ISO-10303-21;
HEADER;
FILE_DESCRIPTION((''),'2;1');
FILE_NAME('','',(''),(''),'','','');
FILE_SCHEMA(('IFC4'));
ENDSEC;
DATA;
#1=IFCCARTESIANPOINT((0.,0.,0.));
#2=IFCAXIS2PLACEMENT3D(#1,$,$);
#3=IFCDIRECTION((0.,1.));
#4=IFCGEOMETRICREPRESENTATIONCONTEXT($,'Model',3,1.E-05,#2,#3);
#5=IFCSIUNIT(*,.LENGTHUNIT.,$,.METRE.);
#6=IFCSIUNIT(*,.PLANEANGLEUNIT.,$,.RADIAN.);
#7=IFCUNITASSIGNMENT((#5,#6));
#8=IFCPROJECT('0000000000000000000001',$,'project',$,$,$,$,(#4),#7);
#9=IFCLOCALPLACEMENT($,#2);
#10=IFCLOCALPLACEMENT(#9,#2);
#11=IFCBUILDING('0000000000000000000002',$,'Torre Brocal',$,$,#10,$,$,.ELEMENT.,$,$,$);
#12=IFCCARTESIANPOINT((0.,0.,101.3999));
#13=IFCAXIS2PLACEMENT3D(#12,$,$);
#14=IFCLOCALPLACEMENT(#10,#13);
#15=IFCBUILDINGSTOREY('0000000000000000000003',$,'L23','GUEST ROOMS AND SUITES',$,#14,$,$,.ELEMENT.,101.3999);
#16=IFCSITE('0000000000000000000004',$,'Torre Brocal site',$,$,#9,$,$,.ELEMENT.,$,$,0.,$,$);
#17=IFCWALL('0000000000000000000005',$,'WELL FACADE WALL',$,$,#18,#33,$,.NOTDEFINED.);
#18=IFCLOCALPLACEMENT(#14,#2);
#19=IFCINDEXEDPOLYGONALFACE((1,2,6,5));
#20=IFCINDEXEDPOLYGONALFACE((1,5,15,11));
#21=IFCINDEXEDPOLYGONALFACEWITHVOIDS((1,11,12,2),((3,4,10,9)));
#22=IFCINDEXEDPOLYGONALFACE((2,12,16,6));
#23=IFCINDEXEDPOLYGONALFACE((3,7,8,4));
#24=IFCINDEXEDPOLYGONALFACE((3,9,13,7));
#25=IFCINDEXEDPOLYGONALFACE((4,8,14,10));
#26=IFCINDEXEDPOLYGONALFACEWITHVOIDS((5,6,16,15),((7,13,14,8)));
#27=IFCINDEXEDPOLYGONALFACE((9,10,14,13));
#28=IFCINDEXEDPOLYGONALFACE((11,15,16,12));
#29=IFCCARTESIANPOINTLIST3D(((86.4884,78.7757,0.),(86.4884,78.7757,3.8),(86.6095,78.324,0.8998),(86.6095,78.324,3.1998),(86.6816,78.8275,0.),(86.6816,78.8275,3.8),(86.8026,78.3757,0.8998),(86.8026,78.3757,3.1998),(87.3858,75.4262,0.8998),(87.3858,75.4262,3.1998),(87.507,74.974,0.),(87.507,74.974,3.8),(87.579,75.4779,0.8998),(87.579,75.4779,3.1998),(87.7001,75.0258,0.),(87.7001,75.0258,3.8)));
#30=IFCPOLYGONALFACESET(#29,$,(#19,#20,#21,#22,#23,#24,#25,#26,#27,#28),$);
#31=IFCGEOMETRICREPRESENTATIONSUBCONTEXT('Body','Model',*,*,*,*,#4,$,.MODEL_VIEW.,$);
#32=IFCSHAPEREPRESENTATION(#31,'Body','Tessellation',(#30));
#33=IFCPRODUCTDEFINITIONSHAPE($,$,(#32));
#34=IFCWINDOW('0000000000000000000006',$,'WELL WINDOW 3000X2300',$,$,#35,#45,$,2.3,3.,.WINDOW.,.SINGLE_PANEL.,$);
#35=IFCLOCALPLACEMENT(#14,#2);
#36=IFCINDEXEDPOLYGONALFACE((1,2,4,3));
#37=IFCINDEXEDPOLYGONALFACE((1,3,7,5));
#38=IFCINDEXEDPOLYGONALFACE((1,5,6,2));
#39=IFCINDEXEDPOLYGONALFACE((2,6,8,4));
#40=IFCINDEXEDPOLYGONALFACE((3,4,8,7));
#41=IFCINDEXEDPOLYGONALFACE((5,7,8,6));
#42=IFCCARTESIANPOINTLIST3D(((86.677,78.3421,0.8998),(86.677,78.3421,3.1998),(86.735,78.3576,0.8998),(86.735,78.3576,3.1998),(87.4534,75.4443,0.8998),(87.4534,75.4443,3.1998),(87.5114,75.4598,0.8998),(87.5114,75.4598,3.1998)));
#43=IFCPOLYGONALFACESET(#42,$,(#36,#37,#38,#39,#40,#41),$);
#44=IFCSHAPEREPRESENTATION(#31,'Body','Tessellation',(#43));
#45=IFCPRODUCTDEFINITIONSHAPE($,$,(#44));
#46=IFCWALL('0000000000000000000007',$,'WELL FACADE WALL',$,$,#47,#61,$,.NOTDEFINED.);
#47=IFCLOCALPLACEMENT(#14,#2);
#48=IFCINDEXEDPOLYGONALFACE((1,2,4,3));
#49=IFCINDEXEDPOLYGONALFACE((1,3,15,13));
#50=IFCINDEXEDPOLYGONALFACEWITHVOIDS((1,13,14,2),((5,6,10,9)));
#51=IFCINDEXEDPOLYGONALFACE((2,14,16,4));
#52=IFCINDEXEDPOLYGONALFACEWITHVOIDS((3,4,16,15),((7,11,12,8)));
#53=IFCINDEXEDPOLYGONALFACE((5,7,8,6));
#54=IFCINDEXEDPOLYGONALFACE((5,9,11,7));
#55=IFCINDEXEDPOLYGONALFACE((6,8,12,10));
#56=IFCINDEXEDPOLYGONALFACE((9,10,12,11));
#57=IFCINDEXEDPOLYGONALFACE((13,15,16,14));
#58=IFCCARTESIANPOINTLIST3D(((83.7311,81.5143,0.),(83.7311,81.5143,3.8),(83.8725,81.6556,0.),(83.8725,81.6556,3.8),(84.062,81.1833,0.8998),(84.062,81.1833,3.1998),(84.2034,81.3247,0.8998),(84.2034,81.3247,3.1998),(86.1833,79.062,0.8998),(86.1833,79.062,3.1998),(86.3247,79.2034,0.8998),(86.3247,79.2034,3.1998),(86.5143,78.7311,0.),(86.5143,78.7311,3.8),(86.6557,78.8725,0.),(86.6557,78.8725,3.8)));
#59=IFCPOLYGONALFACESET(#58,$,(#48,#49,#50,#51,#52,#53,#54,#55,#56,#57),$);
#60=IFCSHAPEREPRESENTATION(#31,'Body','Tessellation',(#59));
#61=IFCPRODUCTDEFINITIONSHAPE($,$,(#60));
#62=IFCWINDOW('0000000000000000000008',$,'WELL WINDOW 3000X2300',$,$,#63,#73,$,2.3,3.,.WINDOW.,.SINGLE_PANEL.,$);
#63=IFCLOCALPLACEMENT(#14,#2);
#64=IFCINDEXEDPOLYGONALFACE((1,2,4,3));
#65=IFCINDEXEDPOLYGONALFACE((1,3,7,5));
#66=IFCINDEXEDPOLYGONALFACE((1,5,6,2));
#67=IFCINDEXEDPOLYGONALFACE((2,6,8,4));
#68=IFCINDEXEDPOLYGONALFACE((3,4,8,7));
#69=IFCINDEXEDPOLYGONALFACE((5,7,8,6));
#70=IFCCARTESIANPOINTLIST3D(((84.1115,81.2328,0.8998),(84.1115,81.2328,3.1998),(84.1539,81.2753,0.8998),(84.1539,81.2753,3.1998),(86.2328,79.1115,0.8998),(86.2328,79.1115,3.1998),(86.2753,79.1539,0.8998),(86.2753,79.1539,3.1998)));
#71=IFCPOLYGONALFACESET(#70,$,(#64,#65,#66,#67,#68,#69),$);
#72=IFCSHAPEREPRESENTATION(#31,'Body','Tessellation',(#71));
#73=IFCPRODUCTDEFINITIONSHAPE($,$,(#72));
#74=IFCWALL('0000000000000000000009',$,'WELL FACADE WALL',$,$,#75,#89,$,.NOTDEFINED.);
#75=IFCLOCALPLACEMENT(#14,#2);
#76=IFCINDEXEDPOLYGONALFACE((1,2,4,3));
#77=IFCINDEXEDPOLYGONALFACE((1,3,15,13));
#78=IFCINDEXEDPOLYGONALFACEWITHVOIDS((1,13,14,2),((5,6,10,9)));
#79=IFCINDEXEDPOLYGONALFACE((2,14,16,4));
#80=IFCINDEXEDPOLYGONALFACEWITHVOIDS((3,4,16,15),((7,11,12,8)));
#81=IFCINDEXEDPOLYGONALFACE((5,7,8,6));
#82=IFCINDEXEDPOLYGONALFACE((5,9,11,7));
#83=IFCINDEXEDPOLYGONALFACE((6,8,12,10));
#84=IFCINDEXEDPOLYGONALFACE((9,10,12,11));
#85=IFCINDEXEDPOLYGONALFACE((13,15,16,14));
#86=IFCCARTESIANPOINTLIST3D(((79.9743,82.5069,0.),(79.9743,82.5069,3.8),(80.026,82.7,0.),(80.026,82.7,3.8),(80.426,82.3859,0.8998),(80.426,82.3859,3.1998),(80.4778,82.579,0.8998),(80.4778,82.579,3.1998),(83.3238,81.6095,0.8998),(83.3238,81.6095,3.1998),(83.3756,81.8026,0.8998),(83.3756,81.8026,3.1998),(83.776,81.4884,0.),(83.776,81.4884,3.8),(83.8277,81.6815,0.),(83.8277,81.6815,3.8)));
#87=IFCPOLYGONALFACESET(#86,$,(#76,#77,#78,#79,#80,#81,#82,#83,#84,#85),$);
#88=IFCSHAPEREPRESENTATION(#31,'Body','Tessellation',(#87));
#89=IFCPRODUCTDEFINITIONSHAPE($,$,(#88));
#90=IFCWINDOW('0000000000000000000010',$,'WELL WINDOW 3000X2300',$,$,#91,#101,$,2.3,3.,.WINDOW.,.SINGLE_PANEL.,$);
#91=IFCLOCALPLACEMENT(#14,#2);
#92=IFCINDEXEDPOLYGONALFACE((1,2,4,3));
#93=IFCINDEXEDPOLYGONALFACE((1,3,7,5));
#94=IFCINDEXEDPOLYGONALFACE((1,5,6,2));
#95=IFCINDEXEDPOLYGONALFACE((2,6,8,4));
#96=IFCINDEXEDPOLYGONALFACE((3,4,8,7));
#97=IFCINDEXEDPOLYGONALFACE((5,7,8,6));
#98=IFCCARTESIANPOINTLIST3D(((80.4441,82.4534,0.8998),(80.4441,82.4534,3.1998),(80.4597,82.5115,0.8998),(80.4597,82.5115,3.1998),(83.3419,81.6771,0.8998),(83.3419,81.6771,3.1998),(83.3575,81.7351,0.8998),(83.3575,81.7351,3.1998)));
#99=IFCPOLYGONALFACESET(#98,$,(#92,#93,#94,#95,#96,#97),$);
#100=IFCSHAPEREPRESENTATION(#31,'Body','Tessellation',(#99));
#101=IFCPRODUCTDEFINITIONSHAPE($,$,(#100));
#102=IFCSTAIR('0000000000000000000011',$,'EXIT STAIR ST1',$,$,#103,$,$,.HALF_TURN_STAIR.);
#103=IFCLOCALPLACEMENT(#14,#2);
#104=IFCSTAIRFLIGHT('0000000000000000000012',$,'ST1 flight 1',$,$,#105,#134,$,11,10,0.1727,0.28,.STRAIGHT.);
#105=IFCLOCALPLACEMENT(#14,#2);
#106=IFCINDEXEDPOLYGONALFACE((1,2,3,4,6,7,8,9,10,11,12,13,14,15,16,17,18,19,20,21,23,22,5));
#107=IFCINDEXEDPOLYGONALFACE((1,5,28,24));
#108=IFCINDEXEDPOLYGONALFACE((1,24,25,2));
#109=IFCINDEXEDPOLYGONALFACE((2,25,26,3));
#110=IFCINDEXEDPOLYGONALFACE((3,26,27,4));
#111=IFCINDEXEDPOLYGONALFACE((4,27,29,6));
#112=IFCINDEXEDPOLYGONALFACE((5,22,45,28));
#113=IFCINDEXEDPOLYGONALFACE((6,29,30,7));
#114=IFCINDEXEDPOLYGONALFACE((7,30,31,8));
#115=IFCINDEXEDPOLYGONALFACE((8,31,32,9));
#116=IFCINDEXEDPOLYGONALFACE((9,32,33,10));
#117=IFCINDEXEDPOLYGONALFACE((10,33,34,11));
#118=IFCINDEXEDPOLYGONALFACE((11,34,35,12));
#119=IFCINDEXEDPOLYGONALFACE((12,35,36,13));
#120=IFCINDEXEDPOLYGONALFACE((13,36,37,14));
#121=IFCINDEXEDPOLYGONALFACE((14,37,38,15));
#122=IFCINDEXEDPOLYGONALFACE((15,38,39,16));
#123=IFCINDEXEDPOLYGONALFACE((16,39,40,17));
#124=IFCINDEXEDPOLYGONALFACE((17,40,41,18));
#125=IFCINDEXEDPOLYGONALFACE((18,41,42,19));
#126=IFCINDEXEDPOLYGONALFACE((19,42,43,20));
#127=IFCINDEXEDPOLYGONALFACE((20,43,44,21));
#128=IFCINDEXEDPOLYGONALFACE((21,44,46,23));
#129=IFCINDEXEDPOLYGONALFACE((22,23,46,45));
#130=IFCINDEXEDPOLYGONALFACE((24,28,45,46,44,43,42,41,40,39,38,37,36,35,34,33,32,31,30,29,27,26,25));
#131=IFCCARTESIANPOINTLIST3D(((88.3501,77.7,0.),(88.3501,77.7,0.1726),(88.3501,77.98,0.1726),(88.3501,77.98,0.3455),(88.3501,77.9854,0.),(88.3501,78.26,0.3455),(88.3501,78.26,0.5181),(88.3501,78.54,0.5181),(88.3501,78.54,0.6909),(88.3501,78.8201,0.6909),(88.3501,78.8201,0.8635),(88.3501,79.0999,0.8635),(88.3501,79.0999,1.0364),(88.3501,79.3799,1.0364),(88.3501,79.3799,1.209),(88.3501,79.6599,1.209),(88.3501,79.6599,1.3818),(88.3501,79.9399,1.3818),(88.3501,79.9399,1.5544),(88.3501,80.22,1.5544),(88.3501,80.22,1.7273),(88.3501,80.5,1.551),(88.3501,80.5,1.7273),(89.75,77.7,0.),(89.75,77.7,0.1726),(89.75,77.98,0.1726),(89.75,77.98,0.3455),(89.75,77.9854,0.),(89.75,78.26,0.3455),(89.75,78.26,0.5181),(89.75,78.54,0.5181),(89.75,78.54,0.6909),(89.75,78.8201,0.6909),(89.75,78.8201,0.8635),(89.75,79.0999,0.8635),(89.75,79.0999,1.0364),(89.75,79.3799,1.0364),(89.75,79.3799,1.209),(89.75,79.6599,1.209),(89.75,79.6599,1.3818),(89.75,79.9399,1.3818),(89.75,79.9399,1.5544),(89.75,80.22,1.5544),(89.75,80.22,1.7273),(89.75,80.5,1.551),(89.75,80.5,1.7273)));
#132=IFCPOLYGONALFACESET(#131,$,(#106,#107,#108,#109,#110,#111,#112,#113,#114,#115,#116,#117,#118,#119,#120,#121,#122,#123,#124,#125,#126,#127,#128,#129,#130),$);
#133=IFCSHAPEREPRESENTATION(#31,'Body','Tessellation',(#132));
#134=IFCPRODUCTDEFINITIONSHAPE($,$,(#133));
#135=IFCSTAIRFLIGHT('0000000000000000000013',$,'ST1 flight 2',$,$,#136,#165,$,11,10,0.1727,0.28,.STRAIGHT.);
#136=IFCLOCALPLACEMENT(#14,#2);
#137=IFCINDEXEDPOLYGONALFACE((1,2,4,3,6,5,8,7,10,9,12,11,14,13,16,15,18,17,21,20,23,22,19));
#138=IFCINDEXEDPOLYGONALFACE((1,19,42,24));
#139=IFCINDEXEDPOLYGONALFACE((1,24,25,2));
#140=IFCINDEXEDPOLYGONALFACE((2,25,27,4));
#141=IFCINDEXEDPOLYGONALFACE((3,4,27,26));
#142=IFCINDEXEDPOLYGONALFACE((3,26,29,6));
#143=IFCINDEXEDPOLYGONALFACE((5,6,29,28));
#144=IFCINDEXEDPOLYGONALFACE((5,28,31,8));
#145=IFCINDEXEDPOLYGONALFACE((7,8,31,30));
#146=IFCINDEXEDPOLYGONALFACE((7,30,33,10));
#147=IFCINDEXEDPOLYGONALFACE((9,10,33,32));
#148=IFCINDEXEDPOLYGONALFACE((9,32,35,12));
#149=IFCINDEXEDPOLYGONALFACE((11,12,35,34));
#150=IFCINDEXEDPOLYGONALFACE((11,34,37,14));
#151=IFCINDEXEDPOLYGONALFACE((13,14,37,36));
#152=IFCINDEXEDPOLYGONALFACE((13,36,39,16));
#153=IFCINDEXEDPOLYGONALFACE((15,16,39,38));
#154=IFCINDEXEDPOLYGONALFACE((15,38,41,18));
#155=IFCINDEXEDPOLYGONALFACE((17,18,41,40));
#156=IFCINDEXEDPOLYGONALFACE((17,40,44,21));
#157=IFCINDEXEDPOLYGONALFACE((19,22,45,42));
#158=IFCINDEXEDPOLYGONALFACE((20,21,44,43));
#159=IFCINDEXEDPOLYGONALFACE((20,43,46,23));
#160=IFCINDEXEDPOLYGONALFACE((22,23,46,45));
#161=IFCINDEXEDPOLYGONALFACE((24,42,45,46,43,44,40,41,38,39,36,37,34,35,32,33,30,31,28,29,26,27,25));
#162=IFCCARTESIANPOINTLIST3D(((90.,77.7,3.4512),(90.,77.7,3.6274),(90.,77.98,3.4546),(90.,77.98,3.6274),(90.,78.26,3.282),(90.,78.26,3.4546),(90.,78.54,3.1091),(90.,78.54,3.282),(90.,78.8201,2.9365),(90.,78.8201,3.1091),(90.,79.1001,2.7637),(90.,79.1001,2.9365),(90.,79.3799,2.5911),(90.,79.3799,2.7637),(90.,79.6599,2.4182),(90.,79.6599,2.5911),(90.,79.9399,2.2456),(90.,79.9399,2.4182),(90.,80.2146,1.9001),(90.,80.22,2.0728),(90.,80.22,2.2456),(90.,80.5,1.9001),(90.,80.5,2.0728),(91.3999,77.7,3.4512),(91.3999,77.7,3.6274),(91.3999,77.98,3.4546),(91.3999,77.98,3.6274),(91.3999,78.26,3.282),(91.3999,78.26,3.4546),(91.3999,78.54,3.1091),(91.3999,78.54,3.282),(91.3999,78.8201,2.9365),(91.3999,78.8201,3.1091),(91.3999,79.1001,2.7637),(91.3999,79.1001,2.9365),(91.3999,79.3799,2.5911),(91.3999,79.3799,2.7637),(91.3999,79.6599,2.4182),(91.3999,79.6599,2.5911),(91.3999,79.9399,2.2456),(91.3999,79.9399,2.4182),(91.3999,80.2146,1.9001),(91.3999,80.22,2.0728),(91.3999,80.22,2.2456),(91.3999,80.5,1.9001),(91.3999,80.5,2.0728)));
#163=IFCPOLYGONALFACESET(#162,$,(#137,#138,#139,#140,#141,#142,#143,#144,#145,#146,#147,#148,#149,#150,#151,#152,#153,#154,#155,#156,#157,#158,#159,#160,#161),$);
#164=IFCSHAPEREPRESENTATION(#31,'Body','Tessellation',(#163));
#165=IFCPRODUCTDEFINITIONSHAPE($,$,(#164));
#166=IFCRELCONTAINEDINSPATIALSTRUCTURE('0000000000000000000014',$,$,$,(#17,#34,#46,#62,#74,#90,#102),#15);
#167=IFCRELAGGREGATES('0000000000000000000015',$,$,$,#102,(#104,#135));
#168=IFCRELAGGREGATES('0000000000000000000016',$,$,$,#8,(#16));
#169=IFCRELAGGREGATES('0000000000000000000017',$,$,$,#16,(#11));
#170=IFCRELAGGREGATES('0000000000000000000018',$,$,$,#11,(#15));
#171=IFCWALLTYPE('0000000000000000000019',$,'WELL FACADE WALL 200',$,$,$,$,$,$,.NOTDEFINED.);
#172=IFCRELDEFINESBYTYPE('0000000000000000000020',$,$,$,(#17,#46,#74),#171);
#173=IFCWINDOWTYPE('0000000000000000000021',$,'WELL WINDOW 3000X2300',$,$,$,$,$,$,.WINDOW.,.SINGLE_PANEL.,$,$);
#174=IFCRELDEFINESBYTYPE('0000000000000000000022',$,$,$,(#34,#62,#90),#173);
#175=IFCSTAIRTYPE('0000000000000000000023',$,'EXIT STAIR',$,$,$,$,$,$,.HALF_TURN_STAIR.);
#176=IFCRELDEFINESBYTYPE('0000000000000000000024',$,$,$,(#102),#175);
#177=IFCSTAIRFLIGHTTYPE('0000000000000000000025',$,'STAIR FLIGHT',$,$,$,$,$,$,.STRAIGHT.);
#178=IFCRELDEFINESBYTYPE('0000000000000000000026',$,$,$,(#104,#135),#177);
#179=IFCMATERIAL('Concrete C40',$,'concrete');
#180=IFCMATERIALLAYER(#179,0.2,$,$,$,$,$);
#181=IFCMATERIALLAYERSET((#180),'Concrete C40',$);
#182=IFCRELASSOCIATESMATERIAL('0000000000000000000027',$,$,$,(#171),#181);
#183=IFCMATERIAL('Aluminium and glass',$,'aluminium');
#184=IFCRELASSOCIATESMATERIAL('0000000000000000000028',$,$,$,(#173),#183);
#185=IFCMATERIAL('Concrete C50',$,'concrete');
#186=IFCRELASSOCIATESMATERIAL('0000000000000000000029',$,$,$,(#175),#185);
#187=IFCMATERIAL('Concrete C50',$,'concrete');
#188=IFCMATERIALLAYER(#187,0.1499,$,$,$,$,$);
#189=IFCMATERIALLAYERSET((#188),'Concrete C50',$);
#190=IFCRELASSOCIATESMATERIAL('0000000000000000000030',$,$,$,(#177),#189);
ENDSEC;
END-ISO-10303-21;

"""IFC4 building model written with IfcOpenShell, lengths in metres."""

from ifc_helpers import new_model, si_unit, direction, frame, frame_2d, origin, place, context, subcontext, project, spatial, polyline, rectangle, outline, extrude, material, layer, layer_set, type_object, element, fill, aggregate, save


model = new_model("IFC4")

# Units and contexts
model_context = context("Model", 3, precision=1e-05, world=origin(), true_north=direction((0.0, 1.0)))
body_context = subcontext(model_context, "Body", "Model", "MODEL_VIEW")
ifc_project = project(units=[si_unit("LENGTHUNIT", "METRE"), si_unit("PLANEANGLEUNIT", "RADIAN")], contexts=[model_context])

# Site, building, storey
site_placement = place(None, origin())
site = spatial("IfcSite", under=ifc_project, at=site_placement, Name="Torre Brocal site", CompositionType="ELEMENT", RefElevation=0.0)
building_placement = place(site_placement, origin())
building = spatial("IfcBuilding", under=site, at=building_placement, Name="Torre Brocal", CompositionType="ELEMENT")
storey_placement = place(building_placement, frame((0.0, 0.0, 101.3999)))
storey = spatial("IfcBuildingStorey", under=building, at=storey_placement, Name="L23", Description="GUEST ROOMS AND SUITES", CompositionType="ELEMENT", Elevation=101.3999)

# Walls, openings, windows
ifc_material_1 = material(Name="Concrete C40", Category="concrete")
ifc_layer_1 = layer(ifc_material_1, 0.2)
ifc_layer_set_1 = layer_set([ifc_layer_1], Name="Concrete C40")
wall_type_1 = type_object("IfcWallType", Name="WELL FACADE WALL 200", PredefinedType="NOTDEFINED", material=ifc_layer_set_1)
wall_1_placement = place(storey_placement, frame((87.6035, 75.0, 0.0), z_axis=(0.0, 0.0, 1.0), x_axis=(-0.25879, 0.965934, 0.0)))
wall_1 = element("IfcWall", 1, at=wall_1_placement, inside=storey, type_object=wall_type_1, Name="WELL FACADE WALL", PredefinedType="NOTDEFINED", context=body_context, shape_type="SweptSolid", body=[
    extrude(rectangle(XDim=3.9358, YDim=0.2, at=frame_2d((1.9678, 0.0))), origin(), (0.0, 0.0, 1.0), 3.8),
])
opening_1_placement = place(wall_1_placement, frame((0.468, 0.0, 0.8999)))
opening_1 = element("IfcOpeningElement", 2, at=opening_1_placement, cuts=wall_1, PredefinedType="OPENING", context=body_context, shape_type="SweptSolid", body=[
    extrude(rectangle(XDim=3.0, YDim=2.3, at=frame_2d((1.5, 1.1499))), frame((0.0, 0.1099, 0.0), z_axis=(0.0, -1.0, 0.0), x_axis=(1.0, 0.0, 0.0)), (0.0, 0.0, 1.0), 0.22),
])
ifc_material_2 = material(Name="Aluminium and glass", Category="aluminium")
window_type = type_object("IfcWindowType", Name="WELL WINDOW 3000X2300", PartitioningType="SINGLE_PANEL", PredefinedType="WINDOW", material=ifc_material_2)
window_1_placement = place(opening_1_placement, origin())
window_1 = element("IfcWindow", 3, at=window_1_placement, inside=storey, type_object=window_type, Name="WELL WINDOW 3000X2300", OverallHeight=2.3, OverallWidth=3.0, PartitioningType="SINGLE_PANEL", PredefinedType="WINDOW", context=body_context, shape_type="SweptSolid", body=[
    extrude(rectangle(XDim=3.0, YDim=2.3, at=frame_2d((1.5, 1.1499))), frame((0.0, 0.03, 0.0), z_axis=(0.0, -1.0, 0.0), x_axis=(1.0, 0.0, 0.0)), (0.0, 0.0, 1.0), 0.0601),
])
fill(opening_1, window_1)
wall_2_placement = place(storey_placement, frame((86.585, 78.8018, 0.0), z_axis=(0.0, 0.0, 1.0), x_axis=(-0.707107, 0.707107, 0.0)))
wall_2 = element("IfcWall", 4, at=wall_2_placement, inside=storey, type_object=wall_type_1, Name="WELL FACADE WALL", PredefinedType="NOTDEFINED", context=body_context, shape_type="SweptSolid", body=[
    extrude(rectangle(XDim=3.936, YDim=0.2, at=frame_2d((1.968, 0.0))), origin(), (0.0, 0.0, 1.0), 3.8),
])
opening_2_placement = place(wall_2_placement, frame((0.468, 0.0, 0.8999)))
opening_2 = element("IfcOpeningElement", 5, at=opening_2_placement, cuts=wall_2, PredefinedType="OPENING", context=body_context, shape_type="SweptSolid", body=[
    extrude(rectangle(XDim=3.0, YDim=2.3, at=frame_2d((1.5, 1.1499))), frame((0.0, 0.1099, 0.0), z_axis=(0.0, -1.0, 0.0), x_axis=(1.0, 0.0, 0.0)), (0.0, 0.0, 1.0), 0.22),
])
window_2_placement = place(opening_2_placement, origin())
window_2 = element("IfcWindow", 6, at=window_2_placement, inside=storey, type_object=window_type, Name="WELL WINDOW 3000X2300", OverallHeight=2.3, OverallWidth=3.0, PartitioningType="SINGLE_PANEL", PredefinedType="WINDOW", context=body_context, shape_type="SweptSolid", body=[
    extrude(rectangle(XDim=3.0, YDim=2.3, at=frame_2d((1.5, 1.1499))), frame((0.0, 0.03, 0.0), z_axis=(0.0, -1.0, 0.0), x_axis=(1.0, 0.0, 0.0)), (0.0, 0.0, 1.0), 0.0601),
])
fill(opening_2, window_2)
wall_3_placement = place(storey_placement, frame((83.8018, 81.585, 0.0), z_axis=(0.0, 0.0, 1.0), x_axis=(-0.965934, 0.25879, 0.0)))
wall_3 = element("IfcWall", 7, at=wall_3_placement, inside=storey, type_object=wall_type_1, Name="WELL FACADE WALL", PredefinedType="NOTDEFINED", context=body_context, shape_type="SweptSolid", body=[
    extrude(rectangle(XDim=3.9358, YDim=0.2, at=frame_2d((1.9678, 0.0))), origin(), (0.0, 0.0, 1.0), 3.8),
])
opening_3_placement = place(wall_3_placement, frame((0.468, 0.0, 0.8999)))
opening_3 = element("IfcOpeningElement", 8, at=opening_3_placement, cuts=wall_3, PredefinedType="OPENING", context=body_context, shape_type="SweptSolid", body=[
    extrude(rectangle(XDim=3.0, YDim=2.3, at=frame_2d((1.5, 1.1499))), frame((0.0, 0.1099, 0.0), z_axis=(0.0, -1.0, 0.0), x_axis=(1.0, 0.0, 0.0)), (0.0, 0.0, 1.0), 0.22),
])
window_3_placement = place(opening_3_placement, origin())
window_3 = element("IfcWindow", 9, at=window_3_placement, inside=storey, type_object=window_type, Name="WELL WINDOW 3000X2300", OverallHeight=2.3, OverallWidth=3.0, PartitioningType="SINGLE_PANEL", PredefinedType="WINDOW", context=body_context, shape_type="SweptSolid", body=[
    extrude(rectangle(XDim=3.0, YDim=2.3, at=frame_2d((1.5, 1.1499))), frame((0.0, 0.03, 0.0), z_axis=(0.0, -1.0, 0.0), x_axis=(1.0, 0.0, 0.0)), (0.0, 0.0, 1.0), 0.0601),
])
fill(opening_3, window_3)

# Stair, stair flights
ifc_material_3 = material(Name="Concrete C50", Category="concrete")
stair_type = type_object("IfcStairType", Name="EXIT STAIR", PredefinedType="HALF_TURN_STAIR", material=ifc_material_3)
stair_placement = place(storey_placement, origin())
stair = element("IfcStair", 10, at=stair_placement, inside=storey, type_object=stair_type, Name="EXIT STAIR ST1", PredefinedType="HALF_TURN_STAIR")
ifc_material_4 = material(Name="Concrete C50", Category="concrete")
ifc_layer_2 = layer(ifc_material_4, 0.1499)
ifc_layer_set_2 = layer_set([ifc_layer_2], Name="Concrete C50")
stair_flight_type = type_object("IfcStairFlightType", Name="STAIR FLIGHT", PredefinedType="STRAIGHT", material=ifc_layer_set_2)
stair_flight_1_placement = place(storey_placement, frame((89.05, 77.7, 0.0), z_axis=(0.0, 0.0, 1.0), x_axis=(0.0, 1.0, 0.0)))
stair_flight_1 = element("IfcStairFlight", 11, at=stair_flight_1_placement, type_object=stair_flight_type, Name="ST1 flight 1", NumberOfRisers=11, NumberOfTreads=10, PredefinedType="STRAIGHT", RiserHeight=0.1727, TreadLength=0.28, context=body_context, shape_type="SweptSolid", body=[
    extrude(outline(polyline([(0.0, 0.0), (0.0, 0.1726), (0.28, 0.1726), (0.28, 0.3455), (0.5601, 0.3455), (0.5601, 0.5181), (0.8401, 0.5181), (0.8401, 0.6909), (1.1201, 0.6909), (1.1201, 0.8635), (1.3999, 0.8635), (1.3999, 1.0364), (1.6799, 1.0364), (1.6799, 1.209), (1.96, 1.209), (1.96, 1.3818), (2.24, 1.3818), (2.24, 1.5544), (2.52, 1.5544), (2.52, 1.7273), (2.8, 1.7273), (2.8, 1.8999), (2.8, 1.551), (0.2854, 0.0), (0.0, 0.0)])), frame((0.0, 0.7, 0.0), z_axis=(0.0, -1.0, 0.0), x_axis=(1.0, 0.0, 0.0)), (0.0, 0.0, 1.0), 1.3999),
])
stair_flight_2_placement = place(storey_placement, frame((90.7, 80.5, 1.9001), z_axis=(0.0, 0.0, 1.0), x_axis=(0.0, -1.0, 0.0)))
stair_flight_2 = element("IfcStairFlight", 12, at=stair_flight_2_placement, type_object=stair_flight_type, Name="ST1 flight 2", NumberOfRisers=11, NumberOfTreads=10, PredefinedType="STRAIGHT", RiserHeight=0.1727, TreadLength=0.28, context=body_context, shape_type="SweptSolid", body=[
    extrude(outline(polyline([(0.0, 0.0), (0.0, 0.1726), (0.28, 0.1726), (0.28, 0.3455), (0.5601, 0.3455), (0.5601, 0.5181), (0.8401, 0.5181), (0.8401, 0.6909), (1.1201, 0.6909), (1.1201, 0.8635), (1.3999, 0.8635), (1.3999, 1.0364), (1.6799, 1.0364), (1.6799, 1.209), (1.96, 1.209), (1.96, 1.3818), (2.24, 1.3818), (2.24, 1.5544), (2.52, 1.5544), (2.52, 1.7273), (2.8, 1.7273), (2.8, 1.8999), (2.8, 1.551), (0.2854, 0.0), (0.0, 0.0)])), frame((0.0, 0.7, 0.0), z_axis=(0.0, -1.0, 0.0), x_axis=(1.0, 0.0, 0.0)), (0.0, 0.0, 1.0), 1.3999),
])
aggregate(stair, [stair_flight_1, stair_flight_2])

save(model, "model.ifc")
